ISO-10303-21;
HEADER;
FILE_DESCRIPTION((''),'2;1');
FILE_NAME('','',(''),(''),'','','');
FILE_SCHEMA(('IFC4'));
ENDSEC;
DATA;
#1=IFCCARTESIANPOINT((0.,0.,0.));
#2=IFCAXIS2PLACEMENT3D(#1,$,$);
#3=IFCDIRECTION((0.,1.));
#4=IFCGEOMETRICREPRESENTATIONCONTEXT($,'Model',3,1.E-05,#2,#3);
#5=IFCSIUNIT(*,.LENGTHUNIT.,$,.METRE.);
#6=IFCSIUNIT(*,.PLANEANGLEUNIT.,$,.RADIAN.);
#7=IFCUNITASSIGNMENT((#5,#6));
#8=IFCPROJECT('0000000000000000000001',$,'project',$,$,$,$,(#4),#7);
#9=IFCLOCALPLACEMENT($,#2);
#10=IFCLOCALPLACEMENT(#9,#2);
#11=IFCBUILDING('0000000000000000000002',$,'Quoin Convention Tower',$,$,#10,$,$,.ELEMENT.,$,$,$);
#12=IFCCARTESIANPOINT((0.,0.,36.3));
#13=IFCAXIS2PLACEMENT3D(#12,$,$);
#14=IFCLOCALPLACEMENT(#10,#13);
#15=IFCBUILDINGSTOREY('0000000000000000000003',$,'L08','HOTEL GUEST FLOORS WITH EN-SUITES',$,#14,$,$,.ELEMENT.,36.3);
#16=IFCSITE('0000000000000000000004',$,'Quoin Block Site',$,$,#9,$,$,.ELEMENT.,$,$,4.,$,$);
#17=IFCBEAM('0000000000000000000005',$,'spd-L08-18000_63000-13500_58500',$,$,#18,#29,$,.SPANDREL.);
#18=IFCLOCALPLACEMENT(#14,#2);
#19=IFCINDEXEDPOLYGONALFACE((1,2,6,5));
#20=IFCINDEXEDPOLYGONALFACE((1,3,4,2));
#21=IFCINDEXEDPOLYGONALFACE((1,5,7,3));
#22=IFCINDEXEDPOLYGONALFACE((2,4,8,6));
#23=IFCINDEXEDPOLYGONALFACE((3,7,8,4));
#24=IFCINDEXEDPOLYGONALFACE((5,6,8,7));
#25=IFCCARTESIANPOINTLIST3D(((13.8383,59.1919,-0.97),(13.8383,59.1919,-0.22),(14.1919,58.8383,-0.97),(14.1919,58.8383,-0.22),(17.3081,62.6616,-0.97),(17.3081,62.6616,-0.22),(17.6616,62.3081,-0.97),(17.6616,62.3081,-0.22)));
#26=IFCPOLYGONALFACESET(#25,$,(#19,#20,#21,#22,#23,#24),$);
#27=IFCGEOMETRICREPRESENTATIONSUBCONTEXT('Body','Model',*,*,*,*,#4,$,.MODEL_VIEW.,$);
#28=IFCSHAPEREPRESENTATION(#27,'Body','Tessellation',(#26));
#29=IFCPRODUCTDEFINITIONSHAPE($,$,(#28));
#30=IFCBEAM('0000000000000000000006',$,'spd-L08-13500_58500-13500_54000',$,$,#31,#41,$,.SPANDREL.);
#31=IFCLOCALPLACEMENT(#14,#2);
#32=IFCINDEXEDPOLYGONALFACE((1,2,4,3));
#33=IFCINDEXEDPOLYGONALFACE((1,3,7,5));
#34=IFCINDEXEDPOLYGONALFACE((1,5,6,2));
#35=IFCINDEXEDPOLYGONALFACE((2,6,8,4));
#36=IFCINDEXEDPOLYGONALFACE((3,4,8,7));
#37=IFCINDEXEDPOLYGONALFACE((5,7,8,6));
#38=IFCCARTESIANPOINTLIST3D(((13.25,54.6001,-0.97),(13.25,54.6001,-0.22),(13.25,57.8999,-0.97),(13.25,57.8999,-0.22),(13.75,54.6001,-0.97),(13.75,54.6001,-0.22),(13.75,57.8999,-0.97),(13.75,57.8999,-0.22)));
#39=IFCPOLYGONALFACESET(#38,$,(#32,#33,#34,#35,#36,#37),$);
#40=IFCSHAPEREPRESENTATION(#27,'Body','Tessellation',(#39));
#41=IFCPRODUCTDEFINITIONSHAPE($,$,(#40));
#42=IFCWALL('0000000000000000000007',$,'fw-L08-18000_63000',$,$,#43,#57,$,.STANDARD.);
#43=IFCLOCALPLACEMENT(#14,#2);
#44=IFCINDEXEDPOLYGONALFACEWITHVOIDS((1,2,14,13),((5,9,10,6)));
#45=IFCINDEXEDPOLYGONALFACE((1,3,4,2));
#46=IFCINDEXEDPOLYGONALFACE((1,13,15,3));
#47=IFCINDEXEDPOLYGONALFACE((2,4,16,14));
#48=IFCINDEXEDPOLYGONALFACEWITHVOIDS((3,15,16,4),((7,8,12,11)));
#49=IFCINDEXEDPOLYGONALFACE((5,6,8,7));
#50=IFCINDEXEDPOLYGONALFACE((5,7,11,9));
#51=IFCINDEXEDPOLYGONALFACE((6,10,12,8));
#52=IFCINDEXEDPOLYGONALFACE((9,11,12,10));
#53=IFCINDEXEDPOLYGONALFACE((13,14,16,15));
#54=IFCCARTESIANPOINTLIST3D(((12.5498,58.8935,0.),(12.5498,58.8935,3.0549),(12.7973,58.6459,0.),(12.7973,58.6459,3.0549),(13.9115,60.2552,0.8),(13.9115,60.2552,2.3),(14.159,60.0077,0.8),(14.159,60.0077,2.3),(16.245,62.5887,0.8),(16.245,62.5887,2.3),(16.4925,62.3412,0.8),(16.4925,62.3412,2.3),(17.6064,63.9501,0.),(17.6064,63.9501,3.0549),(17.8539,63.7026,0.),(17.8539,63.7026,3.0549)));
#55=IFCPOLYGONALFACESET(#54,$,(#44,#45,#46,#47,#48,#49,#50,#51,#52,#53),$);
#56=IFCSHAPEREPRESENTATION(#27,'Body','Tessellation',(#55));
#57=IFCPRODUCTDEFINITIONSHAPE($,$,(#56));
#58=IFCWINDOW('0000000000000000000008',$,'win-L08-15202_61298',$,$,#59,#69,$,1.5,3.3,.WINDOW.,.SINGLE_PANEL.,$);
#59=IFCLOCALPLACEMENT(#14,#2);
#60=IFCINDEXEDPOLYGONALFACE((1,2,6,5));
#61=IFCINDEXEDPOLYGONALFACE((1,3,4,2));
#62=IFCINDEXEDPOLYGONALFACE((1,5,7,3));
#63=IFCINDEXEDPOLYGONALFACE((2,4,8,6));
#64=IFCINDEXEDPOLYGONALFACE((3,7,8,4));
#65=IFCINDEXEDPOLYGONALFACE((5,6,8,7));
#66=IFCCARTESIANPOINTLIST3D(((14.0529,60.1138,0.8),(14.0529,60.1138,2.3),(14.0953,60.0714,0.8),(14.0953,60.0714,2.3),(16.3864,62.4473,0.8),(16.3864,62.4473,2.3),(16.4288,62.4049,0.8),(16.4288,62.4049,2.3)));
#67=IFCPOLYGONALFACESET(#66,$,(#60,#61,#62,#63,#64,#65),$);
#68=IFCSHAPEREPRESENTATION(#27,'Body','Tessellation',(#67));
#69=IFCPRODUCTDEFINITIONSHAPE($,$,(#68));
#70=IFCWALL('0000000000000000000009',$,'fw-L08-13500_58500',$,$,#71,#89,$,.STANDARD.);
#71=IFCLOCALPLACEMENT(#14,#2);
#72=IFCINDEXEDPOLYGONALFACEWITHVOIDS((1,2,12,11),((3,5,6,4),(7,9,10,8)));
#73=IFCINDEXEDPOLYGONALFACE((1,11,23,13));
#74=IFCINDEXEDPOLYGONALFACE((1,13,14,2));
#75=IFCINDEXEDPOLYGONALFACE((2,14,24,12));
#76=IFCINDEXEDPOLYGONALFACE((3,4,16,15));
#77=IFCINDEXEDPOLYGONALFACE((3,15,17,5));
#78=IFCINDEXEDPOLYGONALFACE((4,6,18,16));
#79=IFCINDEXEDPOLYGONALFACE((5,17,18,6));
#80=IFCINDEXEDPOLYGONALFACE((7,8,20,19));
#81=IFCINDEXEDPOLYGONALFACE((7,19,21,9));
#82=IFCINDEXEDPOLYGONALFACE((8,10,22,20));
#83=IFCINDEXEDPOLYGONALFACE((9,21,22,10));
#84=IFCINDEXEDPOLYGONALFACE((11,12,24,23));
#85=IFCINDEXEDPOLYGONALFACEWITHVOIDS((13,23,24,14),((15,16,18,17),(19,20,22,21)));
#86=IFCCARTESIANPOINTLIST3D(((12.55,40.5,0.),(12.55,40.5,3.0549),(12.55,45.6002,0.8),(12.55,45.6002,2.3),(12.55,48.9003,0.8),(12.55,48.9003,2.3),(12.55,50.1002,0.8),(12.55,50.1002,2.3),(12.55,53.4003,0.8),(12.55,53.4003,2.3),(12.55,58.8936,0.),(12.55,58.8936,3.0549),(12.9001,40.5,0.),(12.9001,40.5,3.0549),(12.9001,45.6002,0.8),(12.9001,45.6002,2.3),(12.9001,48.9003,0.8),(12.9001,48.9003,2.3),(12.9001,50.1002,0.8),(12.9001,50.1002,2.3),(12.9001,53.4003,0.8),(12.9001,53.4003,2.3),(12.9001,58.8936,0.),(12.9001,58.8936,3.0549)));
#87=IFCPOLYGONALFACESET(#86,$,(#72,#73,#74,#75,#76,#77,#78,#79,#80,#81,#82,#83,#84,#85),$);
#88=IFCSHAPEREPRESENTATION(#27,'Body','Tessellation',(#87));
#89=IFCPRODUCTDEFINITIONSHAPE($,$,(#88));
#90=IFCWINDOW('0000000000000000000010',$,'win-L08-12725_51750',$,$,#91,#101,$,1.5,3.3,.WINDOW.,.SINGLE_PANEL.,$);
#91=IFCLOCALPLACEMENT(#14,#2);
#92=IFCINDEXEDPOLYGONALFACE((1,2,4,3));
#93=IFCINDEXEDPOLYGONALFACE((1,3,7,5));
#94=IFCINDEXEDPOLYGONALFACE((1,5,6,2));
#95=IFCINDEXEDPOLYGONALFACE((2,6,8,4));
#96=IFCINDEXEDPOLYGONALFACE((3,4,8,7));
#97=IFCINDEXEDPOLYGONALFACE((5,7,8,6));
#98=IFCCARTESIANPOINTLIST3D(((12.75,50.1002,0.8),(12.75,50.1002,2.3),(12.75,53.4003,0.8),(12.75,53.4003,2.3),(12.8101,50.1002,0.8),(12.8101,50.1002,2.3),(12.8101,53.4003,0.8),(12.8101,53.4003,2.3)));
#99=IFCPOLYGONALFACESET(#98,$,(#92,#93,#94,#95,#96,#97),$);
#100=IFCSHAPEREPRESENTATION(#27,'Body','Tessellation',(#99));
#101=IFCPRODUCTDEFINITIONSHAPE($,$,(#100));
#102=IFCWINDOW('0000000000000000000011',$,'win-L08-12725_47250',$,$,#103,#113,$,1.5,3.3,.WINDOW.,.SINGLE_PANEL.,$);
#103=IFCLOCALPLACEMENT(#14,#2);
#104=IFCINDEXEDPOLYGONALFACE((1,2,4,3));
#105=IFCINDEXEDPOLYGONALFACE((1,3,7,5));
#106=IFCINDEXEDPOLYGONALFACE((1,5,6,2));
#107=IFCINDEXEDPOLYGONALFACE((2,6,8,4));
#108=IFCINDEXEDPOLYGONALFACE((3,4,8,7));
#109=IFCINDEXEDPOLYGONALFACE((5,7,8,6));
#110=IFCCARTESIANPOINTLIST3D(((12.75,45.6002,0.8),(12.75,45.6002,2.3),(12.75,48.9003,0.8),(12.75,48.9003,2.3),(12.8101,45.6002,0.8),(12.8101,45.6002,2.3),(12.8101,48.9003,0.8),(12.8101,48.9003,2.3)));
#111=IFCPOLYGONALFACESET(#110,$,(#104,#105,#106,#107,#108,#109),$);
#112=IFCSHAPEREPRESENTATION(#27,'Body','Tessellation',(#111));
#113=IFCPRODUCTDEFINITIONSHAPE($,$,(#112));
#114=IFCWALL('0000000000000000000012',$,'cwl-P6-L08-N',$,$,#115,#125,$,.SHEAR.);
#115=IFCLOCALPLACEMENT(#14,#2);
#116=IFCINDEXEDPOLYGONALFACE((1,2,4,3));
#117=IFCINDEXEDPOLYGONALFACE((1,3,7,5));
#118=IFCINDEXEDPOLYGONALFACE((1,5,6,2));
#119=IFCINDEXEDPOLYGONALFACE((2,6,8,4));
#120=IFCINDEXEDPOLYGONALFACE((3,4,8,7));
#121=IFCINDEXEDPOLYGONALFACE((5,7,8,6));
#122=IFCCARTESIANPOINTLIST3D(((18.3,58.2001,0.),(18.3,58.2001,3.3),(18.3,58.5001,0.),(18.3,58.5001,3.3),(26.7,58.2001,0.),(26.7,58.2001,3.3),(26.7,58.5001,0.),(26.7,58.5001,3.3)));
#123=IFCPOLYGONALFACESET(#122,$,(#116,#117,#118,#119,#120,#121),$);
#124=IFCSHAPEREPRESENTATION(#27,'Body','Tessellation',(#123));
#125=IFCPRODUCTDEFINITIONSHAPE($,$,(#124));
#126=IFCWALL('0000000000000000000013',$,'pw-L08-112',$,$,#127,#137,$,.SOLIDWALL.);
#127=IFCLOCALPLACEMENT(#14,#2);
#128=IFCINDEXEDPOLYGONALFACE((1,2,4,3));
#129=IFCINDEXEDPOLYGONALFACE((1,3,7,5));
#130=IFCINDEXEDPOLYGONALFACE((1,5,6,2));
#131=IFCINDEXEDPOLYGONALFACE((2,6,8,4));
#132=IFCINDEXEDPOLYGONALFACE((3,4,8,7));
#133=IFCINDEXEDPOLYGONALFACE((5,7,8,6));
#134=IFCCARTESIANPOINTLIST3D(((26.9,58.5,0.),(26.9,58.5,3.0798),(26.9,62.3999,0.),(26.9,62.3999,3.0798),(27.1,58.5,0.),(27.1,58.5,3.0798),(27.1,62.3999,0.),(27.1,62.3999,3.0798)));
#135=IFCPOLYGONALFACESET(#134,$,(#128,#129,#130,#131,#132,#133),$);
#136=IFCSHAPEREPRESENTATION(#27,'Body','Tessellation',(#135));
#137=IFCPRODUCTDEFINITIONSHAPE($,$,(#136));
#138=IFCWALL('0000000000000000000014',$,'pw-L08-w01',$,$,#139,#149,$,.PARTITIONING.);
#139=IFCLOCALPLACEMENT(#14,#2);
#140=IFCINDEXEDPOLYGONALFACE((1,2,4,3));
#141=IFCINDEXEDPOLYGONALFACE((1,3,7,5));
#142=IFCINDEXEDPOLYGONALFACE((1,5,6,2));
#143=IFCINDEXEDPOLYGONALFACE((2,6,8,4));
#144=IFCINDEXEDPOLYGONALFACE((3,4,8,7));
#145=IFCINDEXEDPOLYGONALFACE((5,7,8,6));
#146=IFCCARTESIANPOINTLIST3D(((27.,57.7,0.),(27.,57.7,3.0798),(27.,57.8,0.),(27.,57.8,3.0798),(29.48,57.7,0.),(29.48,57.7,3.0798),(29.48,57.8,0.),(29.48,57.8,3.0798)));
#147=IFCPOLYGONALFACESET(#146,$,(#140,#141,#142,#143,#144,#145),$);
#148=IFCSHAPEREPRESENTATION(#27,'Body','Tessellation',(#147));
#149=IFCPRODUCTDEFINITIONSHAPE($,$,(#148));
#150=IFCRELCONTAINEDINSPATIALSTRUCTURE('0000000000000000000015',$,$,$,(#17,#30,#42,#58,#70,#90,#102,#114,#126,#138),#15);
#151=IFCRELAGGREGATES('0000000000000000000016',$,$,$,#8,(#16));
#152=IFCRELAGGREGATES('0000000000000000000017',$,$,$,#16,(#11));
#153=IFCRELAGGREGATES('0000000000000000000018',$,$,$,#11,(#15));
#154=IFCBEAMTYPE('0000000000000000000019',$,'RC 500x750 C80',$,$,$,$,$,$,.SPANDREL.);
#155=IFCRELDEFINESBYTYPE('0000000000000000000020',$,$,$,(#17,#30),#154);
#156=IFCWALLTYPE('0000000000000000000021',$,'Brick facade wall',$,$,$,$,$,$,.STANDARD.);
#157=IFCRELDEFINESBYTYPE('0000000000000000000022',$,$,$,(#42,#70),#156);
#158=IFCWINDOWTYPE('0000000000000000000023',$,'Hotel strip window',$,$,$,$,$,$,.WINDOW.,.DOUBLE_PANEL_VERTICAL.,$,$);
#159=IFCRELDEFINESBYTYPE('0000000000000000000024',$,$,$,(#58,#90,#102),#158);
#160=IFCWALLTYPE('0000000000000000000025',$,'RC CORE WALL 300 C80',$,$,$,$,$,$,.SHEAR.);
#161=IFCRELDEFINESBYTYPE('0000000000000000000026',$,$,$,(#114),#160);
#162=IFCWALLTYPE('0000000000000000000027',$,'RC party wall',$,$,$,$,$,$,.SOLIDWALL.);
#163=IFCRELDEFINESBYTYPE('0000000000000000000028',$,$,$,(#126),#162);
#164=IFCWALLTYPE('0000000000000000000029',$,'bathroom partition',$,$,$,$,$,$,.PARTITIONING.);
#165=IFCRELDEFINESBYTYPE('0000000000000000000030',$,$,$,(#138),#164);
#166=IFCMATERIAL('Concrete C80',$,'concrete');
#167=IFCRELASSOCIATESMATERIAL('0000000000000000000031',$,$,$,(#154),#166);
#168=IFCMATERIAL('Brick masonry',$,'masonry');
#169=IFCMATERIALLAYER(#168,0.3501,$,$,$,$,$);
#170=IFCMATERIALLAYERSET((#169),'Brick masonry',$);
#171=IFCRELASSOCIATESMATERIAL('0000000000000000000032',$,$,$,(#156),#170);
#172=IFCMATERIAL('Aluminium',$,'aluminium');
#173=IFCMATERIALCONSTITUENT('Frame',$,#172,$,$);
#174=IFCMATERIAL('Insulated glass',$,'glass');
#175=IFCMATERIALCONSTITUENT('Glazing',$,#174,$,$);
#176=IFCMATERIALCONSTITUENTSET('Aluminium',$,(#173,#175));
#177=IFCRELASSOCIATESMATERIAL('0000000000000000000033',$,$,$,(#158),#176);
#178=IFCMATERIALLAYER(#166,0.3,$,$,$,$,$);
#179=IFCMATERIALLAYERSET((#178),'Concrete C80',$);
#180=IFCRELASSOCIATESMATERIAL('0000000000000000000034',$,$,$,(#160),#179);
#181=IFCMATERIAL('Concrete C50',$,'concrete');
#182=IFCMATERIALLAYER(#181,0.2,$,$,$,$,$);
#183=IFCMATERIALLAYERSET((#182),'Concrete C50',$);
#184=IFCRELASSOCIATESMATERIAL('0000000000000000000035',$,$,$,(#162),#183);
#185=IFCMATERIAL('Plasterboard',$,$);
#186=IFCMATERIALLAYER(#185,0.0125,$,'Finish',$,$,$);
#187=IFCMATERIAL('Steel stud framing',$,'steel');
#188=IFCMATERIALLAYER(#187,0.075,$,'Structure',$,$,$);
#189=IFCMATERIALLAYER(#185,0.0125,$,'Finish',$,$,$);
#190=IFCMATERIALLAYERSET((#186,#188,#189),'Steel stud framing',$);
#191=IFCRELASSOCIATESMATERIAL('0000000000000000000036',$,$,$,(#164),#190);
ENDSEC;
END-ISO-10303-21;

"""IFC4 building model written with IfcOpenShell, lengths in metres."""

from ifc_helpers import new_model, si_unit, direction, frame, frame_2d, origin, origin_2d, place, context, subcontext, project, spatial, rectangle, extrude, material, layer, layer_set, constituent, constituent_set, material_profile, profile_set, type_object, element, fill, save


model = new_model("IFC4")

# Units and contexts
model_context = context("Model", 3, precision=1e-05, world=origin(), true_north=direction((0.0, 1.0)))
body_context = subcontext(model_context, "Body", "Model", "MODEL_VIEW")
ifc_project = project(units=[si_unit("LENGTHUNIT", "METRE"), si_unit("PLANEANGLEUNIT", "RADIAN")], contexts=[model_context])

# Site, building, storey
site_placement = place(None, origin())
site = spatial("IfcSite", under=ifc_project, at=site_placement, Name="Quoin Block Site", CompositionType="ELEMENT", RefElevation=4.0)
building_placement = place(site_placement, origin())
building = spatial("IfcBuilding", under=site, at=building_placement, Name="Quoin Convention Tower", CompositionType="ELEMENT")
storey_placement = place(building_placement, frame((0.0, 0.0, 36.3)))
storey = spatial("IfcBuildingStorey", under=building, at=storey_placement, Name="L08", Description="HOTEL GUEST FLOORS WITH EN-SUITES", CompositionType="ELEMENT", Elevation=36.3)

# Shared definitions
ifc_material_1 = material(Name="Concrete C80", Category="concrete")

# Beams
ifc_material_profile_1 = material_profile(ifc_material_1, rectangle(XDim=0.5, YDim=0.75, at=origin_2d()), Name="RC 500x750")
ifc_profile_set_1 = profile_set([ifc_material_profile_1], Name="Concrete C80")
beam_type_1 = type_object("IfcBeamType", Name="RC 500x750 C80", PredefinedType="SPANDREL", material=ifc_profile_set_1)
beam_1_placement = place(storey_placement, frame((17.4849, 62.4849, -0.595), z_axis=(-0.707107, -0.707107, 0.0), x_axis=(0.707107, -0.707107, 0.0)))
element("IfcBeam", 1, at=beam_1_placement, inside=storey, type_object=beam_type_1, Name="spd-L08-18000_63000-13500_58500", PredefinedType="SPANDREL", context=body_context, shape_type="SweptSolid", body=[
    extrude(rectangle(XDim=0.5, YDim=0.75, at=origin_2d()), origin(), (0.0, 0.0, 1.0), 4.907),
])
beam_2_placement = place(storey_placement, frame((13.5, 57.8999, -0.595), z_axis=(0.0, -1.0, 0.0), x_axis=(1.0, 0.0, 0.0)))
element("IfcBeam", 2, at=beam_2_placement, inside=storey, type_object=beam_type_1, Name="spd-L08-13500_58500-13500_54000", PredefinedType="SPANDREL", context=body_context, shape_type="SweptSolid", body=[
    extrude(rectangle(XDim=0.5, YDim=0.75, at=origin_2d()), origin(), (0.0, 0.0, 1.0), 3.2998),
])

# Wall, opening, window
ifc_material_2 = material(Name="Brick masonry", Category="masonry")
ifc_layer_1 = layer(ifc_material_2, 0.3501)
ifc_layer_set_1 = layer_set([ifc_layer_1], Name="Brick masonry")
wall_type_1 = type_object("IfcWallType", Name="Brick facade wall", PredefinedType="STANDARD", material=ifc_layer_set_1)
wall_1_placement = place(storey_placement, frame((17.7302, 63.8264, 0.0), z_axis=(0.0, 0.0, 1.0), x_axis=(-0.707107, -0.707107, 0.0)))
wall_1 = element("IfcWall", 3, at=wall_1_placement, inside=storey, type_object=wall_type_1, Name="fw-L08-18000_63000", PredefinedType="STANDARD", context=body_context, shape_type="SweptSolid", body=[
    extrude(rectangle(XDim=7.1511, YDim=0.3501, at=frame_2d((3.5757, 0.0))), origin(), (0.0, 0.0, 1.0), 3.0549),
])
opening_1_placement = place(wall_1_placement, frame((1.9255, 0.0, 0.8)))
opening_1 = element("IfcOpeningElement", 4, at=opening_1_placement, cuts=wall_1, PredefinedType="OPENING", context=body_context, shape_type="SweptSolid", body=[
    extrude(rectangle(XDim=3.3, YDim=1.5, at=frame_2d((1.6499, 0.75))), frame((0.0, 0.1851, 0.0), z_axis=(0.0, -1.0, 0.0), x_axis=(1.0, 0.0, 0.0)), (0.0, 0.0, 1.0), 0.3701),
])
ifc_material_3 = material(Name="Aluminium", Category="aluminium")
ifc_constituent_1 = constituent(ifc_material_3, Name="Frame")
ifc_material_4 = material(Name="Insulated glass", Category="glass")
ifc_constituent_2 = constituent(ifc_material_4, Name="Glazing")
ifc_constituent_set = constituent_set(constituents=[ifc_constituent_1, ifc_constituent_2], Name="Aluminium")
window_type = type_object("IfcWindowType", Name="Hotel strip window", PartitioningType="DOUBLE_PANEL_VERTICAL", PredefinedType="WINDOW", material=ifc_constituent_set)
window_1_placement = place(opening_1_placement, origin())
window_1 = element("IfcWindow", 5, at=window_1_placement, inside=storey, type_object=window_type, Name="win-L08-15202_61298", OverallHeight=1.5, OverallWidth=3.3, PartitioningType="SINGLE_PANEL", PredefinedType="WINDOW", context=body_context, shape_type="SweptSolid", body=[
    extrude(rectangle(XDim=3.3, YDim=1.5, at=frame_2d((1.6499, 0.75))), frame((0.0, 0.085, 0.0), z_axis=(0.0, -1.0, 0.0), x_axis=(1.0, 0.0, 0.0)), (0.0, 0.0, 1.0), 0.0601),
])
fill(opening_1, window_1)

# Wall, openings, windows
wall_2_placement = place(storey_placement, frame((12.7251, 58.8936, 0.0), z_axis=(0.0, 0.0, 1.0), x_axis=(0.0, -1.0, 0.0)))
wall_2 = element("IfcWall", 6, at=wall_2_placement, inside=storey, type_object=wall_type_1, Name="fw-L08-13500_58500", PredefinedType="STANDARD", context=body_context, shape_type="SweptSolid", body=[
    extrude(rectangle(XDim=18.3936, YDim=0.3501, at=frame_2d((9.1968, 0.0))), origin(), (0.0, 0.0, 1.0), 3.0549),
])
opening_2_placement = place(wall_2_placement, frame((5.4934, 0.0, 0.8)))
opening_2 = element("IfcOpeningElement", 7, at=opening_2_placement, cuts=wall_2, PredefinedType="OPENING", context=body_context, shape_type="SweptSolid", body=[
    extrude(rectangle(XDim=3.3, YDim=1.5, at=frame_2d((1.6499, 0.75))), frame((0.0, 0.1851, 0.0), z_axis=(0.0, -1.0, 0.0), x_axis=(1.0, 0.0, 0.0)), (0.0, 0.0, 1.0), 0.3701),
])
opening_3_placement = place(wall_2_placement, frame((9.9934, 0.0, 0.8)))
opening_3 = element("IfcOpeningElement", 8, at=opening_3_placement, cuts=wall_2, PredefinedType="OPENING", context=body_context, shape_type="SweptSolid", body=[
    extrude(rectangle(XDim=3.3, YDim=1.5, at=frame_2d((1.6499, 0.75))), frame((0.0, 0.1851, 0.0), z_axis=(0.0, -1.0, 0.0), x_axis=(1.0, 0.0, 0.0)), (0.0, 0.0, 1.0), 0.3701),
])
window_2_placement = place(opening_2_placement, origin())
window_2 = element("IfcWindow", 9, at=window_2_placement, inside=storey, type_object=window_type, Name="win-L08-12725_51750", OverallHeight=1.5, OverallWidth=3.3, PartitioningType="SINGLE_PANEL", PredefinedType="WINDOW", context=body_context, shape_type="SweptSolid", body=[
    extrude(rectangle(XDim=3.3, YDim=1.5, at=frame_2d((1.6499, 0.75))), frame((0.0, 0.085, 0.0), z_axis=(0.0, -1.0, 0.0), x_axis=(1.0, 0.0, 0.0)), (0.0, 0.0, 1.0), 0.0601),
])
fill(opening_2, window_2)
window_3_placement = place(opening_3_placement, origin())
window_3 = element("IfcWindow", 10, at=window_3_placement, inside=storey, type_object=window_type, Name="win-L08-12725_47250", OverallHeight=1.5, OverallWidth=3.3, PartitioningType="SINGLE_PANEL", PredefinedType="WINDOW", context=body_context, shape_type="SweptSolid", body=[
    extrude(rectangle(XDim=3.3, YDim=1.5, at=frame_2d((1.6499, 0.75))), frame((0.0, 0.085, 0.0), z_axis=(0.0, -1.0, 0.0), x_axis=(1.0, 0.0, 0.0)), (0.0, 0.0, 1.0), 0.0601),
])
fill(opening_3, window_3)

# Walls
ifc_layer_2 = layer(ifc_material_1, 0.3)
ifc_layer_set_2 = layer_set([ifc_layer_2], Name="Concrete C80")
wall_type_2 = type_object("IfcWallType", Name="RC CORE WALL 300 C80", PredefinedType="SHEAR", material=ifc_layer_set_2)
wall_3_placement = place(storey_placement, frame((18.3, 58.3501, 0.0), z_axis=(0.0, 0.0, 1.0), x_axis=(1.0, 0.0, 0.0)))
element("IfcWall", 11, at=wall_3_placement, inside=storey, type_object=wall_type_2, Name="cwl-P6-L08-N", PredefinedType="SHEAR", context=body_context, shape_type="SweptSolid", body=[
    extrude(rectangle(XDim=8.3999, YDim=0.3, at=frame_2d((4.2, 0.0))), origin(), (0.0, 0.0, 1.0), 3.3),
])
ifc_material_5 = material(Name="Concrete C50", Category="concrete")
ifc_layer_3 = layer(ifc_material_5, 0.2)
ifc_layer_set_3 = layer_set([ifc_layer_3], Name="Concrete C50")
wall_type_3 = type_object("IfcWallType", Name="RC party wall", PredefinedType="SOLIDWALL", material=ifc_layer_set_3)
wall_4_placement = place(storey_placement, frame((27.0, 58.5, 0.0), z_axis=(0.0, 0.0, 1.0), x_axis=(0.0, 1.0, 0.0)))
element("IfcWall", 12, at=wall_4_placement, inside=storey, type_object=wall_type_3, Name="pw-L08-112", PredefinedType="SOLIDWALL", context=body_context, shape_type="SweptSolid", body=[
    extrude(rectangle(XDim=3.8999, YDim=0.2, at=frame_2d((1.95, 0.0))), origin(), (0.0, 0.0, 1.0), 3.0798),
])
ifc_material_6 = material(Name="Plasterboard")
ifc_layer_4 = layer(ifc_material_6, 0.0125, Name="Finish")
ifc_material_7 = material(Name="Steel stud framing", Category="steel")
ifc_layer_5 = layer(ifc_material_7, 0.075, Name="Structure")
ifc_layer_6 = layer(ifc_material_6, 0.0125, Name="Finish")
ifc_layer_set_4 = layer_set([ifc_layer_4, ifc_layer_5, ifc_layer_6], Name="Steel stud framing")
wall_type_4 = type_object("IfcWallType", Name="bathroom partition", PredefinedType="PARTITIONING", material=ifc_layer_set_4)
wall_5_placement = place(storey_placement, frame((27.0, 57.75, 0.0), z_axis=(0.0, 0.0, 1.0), x_axis=(1.0, 0.0, 0.0)))
element("IfcWall", 13, at=wall_5_placement, inside=storey, type_object=wall_type_4, Name="pw-L08-w01", PredefinedType="PARTITIONING", context=body_context, shape_type="SweptSolid", body=[
    extrude(rectangle(XDim=2.48, YDim=0.1001, at=frame_2d((1.24, 0.0))), origin(), (0.0, 0.0, 1.0), 3.0798),
])

save(model, "model.ifc")
